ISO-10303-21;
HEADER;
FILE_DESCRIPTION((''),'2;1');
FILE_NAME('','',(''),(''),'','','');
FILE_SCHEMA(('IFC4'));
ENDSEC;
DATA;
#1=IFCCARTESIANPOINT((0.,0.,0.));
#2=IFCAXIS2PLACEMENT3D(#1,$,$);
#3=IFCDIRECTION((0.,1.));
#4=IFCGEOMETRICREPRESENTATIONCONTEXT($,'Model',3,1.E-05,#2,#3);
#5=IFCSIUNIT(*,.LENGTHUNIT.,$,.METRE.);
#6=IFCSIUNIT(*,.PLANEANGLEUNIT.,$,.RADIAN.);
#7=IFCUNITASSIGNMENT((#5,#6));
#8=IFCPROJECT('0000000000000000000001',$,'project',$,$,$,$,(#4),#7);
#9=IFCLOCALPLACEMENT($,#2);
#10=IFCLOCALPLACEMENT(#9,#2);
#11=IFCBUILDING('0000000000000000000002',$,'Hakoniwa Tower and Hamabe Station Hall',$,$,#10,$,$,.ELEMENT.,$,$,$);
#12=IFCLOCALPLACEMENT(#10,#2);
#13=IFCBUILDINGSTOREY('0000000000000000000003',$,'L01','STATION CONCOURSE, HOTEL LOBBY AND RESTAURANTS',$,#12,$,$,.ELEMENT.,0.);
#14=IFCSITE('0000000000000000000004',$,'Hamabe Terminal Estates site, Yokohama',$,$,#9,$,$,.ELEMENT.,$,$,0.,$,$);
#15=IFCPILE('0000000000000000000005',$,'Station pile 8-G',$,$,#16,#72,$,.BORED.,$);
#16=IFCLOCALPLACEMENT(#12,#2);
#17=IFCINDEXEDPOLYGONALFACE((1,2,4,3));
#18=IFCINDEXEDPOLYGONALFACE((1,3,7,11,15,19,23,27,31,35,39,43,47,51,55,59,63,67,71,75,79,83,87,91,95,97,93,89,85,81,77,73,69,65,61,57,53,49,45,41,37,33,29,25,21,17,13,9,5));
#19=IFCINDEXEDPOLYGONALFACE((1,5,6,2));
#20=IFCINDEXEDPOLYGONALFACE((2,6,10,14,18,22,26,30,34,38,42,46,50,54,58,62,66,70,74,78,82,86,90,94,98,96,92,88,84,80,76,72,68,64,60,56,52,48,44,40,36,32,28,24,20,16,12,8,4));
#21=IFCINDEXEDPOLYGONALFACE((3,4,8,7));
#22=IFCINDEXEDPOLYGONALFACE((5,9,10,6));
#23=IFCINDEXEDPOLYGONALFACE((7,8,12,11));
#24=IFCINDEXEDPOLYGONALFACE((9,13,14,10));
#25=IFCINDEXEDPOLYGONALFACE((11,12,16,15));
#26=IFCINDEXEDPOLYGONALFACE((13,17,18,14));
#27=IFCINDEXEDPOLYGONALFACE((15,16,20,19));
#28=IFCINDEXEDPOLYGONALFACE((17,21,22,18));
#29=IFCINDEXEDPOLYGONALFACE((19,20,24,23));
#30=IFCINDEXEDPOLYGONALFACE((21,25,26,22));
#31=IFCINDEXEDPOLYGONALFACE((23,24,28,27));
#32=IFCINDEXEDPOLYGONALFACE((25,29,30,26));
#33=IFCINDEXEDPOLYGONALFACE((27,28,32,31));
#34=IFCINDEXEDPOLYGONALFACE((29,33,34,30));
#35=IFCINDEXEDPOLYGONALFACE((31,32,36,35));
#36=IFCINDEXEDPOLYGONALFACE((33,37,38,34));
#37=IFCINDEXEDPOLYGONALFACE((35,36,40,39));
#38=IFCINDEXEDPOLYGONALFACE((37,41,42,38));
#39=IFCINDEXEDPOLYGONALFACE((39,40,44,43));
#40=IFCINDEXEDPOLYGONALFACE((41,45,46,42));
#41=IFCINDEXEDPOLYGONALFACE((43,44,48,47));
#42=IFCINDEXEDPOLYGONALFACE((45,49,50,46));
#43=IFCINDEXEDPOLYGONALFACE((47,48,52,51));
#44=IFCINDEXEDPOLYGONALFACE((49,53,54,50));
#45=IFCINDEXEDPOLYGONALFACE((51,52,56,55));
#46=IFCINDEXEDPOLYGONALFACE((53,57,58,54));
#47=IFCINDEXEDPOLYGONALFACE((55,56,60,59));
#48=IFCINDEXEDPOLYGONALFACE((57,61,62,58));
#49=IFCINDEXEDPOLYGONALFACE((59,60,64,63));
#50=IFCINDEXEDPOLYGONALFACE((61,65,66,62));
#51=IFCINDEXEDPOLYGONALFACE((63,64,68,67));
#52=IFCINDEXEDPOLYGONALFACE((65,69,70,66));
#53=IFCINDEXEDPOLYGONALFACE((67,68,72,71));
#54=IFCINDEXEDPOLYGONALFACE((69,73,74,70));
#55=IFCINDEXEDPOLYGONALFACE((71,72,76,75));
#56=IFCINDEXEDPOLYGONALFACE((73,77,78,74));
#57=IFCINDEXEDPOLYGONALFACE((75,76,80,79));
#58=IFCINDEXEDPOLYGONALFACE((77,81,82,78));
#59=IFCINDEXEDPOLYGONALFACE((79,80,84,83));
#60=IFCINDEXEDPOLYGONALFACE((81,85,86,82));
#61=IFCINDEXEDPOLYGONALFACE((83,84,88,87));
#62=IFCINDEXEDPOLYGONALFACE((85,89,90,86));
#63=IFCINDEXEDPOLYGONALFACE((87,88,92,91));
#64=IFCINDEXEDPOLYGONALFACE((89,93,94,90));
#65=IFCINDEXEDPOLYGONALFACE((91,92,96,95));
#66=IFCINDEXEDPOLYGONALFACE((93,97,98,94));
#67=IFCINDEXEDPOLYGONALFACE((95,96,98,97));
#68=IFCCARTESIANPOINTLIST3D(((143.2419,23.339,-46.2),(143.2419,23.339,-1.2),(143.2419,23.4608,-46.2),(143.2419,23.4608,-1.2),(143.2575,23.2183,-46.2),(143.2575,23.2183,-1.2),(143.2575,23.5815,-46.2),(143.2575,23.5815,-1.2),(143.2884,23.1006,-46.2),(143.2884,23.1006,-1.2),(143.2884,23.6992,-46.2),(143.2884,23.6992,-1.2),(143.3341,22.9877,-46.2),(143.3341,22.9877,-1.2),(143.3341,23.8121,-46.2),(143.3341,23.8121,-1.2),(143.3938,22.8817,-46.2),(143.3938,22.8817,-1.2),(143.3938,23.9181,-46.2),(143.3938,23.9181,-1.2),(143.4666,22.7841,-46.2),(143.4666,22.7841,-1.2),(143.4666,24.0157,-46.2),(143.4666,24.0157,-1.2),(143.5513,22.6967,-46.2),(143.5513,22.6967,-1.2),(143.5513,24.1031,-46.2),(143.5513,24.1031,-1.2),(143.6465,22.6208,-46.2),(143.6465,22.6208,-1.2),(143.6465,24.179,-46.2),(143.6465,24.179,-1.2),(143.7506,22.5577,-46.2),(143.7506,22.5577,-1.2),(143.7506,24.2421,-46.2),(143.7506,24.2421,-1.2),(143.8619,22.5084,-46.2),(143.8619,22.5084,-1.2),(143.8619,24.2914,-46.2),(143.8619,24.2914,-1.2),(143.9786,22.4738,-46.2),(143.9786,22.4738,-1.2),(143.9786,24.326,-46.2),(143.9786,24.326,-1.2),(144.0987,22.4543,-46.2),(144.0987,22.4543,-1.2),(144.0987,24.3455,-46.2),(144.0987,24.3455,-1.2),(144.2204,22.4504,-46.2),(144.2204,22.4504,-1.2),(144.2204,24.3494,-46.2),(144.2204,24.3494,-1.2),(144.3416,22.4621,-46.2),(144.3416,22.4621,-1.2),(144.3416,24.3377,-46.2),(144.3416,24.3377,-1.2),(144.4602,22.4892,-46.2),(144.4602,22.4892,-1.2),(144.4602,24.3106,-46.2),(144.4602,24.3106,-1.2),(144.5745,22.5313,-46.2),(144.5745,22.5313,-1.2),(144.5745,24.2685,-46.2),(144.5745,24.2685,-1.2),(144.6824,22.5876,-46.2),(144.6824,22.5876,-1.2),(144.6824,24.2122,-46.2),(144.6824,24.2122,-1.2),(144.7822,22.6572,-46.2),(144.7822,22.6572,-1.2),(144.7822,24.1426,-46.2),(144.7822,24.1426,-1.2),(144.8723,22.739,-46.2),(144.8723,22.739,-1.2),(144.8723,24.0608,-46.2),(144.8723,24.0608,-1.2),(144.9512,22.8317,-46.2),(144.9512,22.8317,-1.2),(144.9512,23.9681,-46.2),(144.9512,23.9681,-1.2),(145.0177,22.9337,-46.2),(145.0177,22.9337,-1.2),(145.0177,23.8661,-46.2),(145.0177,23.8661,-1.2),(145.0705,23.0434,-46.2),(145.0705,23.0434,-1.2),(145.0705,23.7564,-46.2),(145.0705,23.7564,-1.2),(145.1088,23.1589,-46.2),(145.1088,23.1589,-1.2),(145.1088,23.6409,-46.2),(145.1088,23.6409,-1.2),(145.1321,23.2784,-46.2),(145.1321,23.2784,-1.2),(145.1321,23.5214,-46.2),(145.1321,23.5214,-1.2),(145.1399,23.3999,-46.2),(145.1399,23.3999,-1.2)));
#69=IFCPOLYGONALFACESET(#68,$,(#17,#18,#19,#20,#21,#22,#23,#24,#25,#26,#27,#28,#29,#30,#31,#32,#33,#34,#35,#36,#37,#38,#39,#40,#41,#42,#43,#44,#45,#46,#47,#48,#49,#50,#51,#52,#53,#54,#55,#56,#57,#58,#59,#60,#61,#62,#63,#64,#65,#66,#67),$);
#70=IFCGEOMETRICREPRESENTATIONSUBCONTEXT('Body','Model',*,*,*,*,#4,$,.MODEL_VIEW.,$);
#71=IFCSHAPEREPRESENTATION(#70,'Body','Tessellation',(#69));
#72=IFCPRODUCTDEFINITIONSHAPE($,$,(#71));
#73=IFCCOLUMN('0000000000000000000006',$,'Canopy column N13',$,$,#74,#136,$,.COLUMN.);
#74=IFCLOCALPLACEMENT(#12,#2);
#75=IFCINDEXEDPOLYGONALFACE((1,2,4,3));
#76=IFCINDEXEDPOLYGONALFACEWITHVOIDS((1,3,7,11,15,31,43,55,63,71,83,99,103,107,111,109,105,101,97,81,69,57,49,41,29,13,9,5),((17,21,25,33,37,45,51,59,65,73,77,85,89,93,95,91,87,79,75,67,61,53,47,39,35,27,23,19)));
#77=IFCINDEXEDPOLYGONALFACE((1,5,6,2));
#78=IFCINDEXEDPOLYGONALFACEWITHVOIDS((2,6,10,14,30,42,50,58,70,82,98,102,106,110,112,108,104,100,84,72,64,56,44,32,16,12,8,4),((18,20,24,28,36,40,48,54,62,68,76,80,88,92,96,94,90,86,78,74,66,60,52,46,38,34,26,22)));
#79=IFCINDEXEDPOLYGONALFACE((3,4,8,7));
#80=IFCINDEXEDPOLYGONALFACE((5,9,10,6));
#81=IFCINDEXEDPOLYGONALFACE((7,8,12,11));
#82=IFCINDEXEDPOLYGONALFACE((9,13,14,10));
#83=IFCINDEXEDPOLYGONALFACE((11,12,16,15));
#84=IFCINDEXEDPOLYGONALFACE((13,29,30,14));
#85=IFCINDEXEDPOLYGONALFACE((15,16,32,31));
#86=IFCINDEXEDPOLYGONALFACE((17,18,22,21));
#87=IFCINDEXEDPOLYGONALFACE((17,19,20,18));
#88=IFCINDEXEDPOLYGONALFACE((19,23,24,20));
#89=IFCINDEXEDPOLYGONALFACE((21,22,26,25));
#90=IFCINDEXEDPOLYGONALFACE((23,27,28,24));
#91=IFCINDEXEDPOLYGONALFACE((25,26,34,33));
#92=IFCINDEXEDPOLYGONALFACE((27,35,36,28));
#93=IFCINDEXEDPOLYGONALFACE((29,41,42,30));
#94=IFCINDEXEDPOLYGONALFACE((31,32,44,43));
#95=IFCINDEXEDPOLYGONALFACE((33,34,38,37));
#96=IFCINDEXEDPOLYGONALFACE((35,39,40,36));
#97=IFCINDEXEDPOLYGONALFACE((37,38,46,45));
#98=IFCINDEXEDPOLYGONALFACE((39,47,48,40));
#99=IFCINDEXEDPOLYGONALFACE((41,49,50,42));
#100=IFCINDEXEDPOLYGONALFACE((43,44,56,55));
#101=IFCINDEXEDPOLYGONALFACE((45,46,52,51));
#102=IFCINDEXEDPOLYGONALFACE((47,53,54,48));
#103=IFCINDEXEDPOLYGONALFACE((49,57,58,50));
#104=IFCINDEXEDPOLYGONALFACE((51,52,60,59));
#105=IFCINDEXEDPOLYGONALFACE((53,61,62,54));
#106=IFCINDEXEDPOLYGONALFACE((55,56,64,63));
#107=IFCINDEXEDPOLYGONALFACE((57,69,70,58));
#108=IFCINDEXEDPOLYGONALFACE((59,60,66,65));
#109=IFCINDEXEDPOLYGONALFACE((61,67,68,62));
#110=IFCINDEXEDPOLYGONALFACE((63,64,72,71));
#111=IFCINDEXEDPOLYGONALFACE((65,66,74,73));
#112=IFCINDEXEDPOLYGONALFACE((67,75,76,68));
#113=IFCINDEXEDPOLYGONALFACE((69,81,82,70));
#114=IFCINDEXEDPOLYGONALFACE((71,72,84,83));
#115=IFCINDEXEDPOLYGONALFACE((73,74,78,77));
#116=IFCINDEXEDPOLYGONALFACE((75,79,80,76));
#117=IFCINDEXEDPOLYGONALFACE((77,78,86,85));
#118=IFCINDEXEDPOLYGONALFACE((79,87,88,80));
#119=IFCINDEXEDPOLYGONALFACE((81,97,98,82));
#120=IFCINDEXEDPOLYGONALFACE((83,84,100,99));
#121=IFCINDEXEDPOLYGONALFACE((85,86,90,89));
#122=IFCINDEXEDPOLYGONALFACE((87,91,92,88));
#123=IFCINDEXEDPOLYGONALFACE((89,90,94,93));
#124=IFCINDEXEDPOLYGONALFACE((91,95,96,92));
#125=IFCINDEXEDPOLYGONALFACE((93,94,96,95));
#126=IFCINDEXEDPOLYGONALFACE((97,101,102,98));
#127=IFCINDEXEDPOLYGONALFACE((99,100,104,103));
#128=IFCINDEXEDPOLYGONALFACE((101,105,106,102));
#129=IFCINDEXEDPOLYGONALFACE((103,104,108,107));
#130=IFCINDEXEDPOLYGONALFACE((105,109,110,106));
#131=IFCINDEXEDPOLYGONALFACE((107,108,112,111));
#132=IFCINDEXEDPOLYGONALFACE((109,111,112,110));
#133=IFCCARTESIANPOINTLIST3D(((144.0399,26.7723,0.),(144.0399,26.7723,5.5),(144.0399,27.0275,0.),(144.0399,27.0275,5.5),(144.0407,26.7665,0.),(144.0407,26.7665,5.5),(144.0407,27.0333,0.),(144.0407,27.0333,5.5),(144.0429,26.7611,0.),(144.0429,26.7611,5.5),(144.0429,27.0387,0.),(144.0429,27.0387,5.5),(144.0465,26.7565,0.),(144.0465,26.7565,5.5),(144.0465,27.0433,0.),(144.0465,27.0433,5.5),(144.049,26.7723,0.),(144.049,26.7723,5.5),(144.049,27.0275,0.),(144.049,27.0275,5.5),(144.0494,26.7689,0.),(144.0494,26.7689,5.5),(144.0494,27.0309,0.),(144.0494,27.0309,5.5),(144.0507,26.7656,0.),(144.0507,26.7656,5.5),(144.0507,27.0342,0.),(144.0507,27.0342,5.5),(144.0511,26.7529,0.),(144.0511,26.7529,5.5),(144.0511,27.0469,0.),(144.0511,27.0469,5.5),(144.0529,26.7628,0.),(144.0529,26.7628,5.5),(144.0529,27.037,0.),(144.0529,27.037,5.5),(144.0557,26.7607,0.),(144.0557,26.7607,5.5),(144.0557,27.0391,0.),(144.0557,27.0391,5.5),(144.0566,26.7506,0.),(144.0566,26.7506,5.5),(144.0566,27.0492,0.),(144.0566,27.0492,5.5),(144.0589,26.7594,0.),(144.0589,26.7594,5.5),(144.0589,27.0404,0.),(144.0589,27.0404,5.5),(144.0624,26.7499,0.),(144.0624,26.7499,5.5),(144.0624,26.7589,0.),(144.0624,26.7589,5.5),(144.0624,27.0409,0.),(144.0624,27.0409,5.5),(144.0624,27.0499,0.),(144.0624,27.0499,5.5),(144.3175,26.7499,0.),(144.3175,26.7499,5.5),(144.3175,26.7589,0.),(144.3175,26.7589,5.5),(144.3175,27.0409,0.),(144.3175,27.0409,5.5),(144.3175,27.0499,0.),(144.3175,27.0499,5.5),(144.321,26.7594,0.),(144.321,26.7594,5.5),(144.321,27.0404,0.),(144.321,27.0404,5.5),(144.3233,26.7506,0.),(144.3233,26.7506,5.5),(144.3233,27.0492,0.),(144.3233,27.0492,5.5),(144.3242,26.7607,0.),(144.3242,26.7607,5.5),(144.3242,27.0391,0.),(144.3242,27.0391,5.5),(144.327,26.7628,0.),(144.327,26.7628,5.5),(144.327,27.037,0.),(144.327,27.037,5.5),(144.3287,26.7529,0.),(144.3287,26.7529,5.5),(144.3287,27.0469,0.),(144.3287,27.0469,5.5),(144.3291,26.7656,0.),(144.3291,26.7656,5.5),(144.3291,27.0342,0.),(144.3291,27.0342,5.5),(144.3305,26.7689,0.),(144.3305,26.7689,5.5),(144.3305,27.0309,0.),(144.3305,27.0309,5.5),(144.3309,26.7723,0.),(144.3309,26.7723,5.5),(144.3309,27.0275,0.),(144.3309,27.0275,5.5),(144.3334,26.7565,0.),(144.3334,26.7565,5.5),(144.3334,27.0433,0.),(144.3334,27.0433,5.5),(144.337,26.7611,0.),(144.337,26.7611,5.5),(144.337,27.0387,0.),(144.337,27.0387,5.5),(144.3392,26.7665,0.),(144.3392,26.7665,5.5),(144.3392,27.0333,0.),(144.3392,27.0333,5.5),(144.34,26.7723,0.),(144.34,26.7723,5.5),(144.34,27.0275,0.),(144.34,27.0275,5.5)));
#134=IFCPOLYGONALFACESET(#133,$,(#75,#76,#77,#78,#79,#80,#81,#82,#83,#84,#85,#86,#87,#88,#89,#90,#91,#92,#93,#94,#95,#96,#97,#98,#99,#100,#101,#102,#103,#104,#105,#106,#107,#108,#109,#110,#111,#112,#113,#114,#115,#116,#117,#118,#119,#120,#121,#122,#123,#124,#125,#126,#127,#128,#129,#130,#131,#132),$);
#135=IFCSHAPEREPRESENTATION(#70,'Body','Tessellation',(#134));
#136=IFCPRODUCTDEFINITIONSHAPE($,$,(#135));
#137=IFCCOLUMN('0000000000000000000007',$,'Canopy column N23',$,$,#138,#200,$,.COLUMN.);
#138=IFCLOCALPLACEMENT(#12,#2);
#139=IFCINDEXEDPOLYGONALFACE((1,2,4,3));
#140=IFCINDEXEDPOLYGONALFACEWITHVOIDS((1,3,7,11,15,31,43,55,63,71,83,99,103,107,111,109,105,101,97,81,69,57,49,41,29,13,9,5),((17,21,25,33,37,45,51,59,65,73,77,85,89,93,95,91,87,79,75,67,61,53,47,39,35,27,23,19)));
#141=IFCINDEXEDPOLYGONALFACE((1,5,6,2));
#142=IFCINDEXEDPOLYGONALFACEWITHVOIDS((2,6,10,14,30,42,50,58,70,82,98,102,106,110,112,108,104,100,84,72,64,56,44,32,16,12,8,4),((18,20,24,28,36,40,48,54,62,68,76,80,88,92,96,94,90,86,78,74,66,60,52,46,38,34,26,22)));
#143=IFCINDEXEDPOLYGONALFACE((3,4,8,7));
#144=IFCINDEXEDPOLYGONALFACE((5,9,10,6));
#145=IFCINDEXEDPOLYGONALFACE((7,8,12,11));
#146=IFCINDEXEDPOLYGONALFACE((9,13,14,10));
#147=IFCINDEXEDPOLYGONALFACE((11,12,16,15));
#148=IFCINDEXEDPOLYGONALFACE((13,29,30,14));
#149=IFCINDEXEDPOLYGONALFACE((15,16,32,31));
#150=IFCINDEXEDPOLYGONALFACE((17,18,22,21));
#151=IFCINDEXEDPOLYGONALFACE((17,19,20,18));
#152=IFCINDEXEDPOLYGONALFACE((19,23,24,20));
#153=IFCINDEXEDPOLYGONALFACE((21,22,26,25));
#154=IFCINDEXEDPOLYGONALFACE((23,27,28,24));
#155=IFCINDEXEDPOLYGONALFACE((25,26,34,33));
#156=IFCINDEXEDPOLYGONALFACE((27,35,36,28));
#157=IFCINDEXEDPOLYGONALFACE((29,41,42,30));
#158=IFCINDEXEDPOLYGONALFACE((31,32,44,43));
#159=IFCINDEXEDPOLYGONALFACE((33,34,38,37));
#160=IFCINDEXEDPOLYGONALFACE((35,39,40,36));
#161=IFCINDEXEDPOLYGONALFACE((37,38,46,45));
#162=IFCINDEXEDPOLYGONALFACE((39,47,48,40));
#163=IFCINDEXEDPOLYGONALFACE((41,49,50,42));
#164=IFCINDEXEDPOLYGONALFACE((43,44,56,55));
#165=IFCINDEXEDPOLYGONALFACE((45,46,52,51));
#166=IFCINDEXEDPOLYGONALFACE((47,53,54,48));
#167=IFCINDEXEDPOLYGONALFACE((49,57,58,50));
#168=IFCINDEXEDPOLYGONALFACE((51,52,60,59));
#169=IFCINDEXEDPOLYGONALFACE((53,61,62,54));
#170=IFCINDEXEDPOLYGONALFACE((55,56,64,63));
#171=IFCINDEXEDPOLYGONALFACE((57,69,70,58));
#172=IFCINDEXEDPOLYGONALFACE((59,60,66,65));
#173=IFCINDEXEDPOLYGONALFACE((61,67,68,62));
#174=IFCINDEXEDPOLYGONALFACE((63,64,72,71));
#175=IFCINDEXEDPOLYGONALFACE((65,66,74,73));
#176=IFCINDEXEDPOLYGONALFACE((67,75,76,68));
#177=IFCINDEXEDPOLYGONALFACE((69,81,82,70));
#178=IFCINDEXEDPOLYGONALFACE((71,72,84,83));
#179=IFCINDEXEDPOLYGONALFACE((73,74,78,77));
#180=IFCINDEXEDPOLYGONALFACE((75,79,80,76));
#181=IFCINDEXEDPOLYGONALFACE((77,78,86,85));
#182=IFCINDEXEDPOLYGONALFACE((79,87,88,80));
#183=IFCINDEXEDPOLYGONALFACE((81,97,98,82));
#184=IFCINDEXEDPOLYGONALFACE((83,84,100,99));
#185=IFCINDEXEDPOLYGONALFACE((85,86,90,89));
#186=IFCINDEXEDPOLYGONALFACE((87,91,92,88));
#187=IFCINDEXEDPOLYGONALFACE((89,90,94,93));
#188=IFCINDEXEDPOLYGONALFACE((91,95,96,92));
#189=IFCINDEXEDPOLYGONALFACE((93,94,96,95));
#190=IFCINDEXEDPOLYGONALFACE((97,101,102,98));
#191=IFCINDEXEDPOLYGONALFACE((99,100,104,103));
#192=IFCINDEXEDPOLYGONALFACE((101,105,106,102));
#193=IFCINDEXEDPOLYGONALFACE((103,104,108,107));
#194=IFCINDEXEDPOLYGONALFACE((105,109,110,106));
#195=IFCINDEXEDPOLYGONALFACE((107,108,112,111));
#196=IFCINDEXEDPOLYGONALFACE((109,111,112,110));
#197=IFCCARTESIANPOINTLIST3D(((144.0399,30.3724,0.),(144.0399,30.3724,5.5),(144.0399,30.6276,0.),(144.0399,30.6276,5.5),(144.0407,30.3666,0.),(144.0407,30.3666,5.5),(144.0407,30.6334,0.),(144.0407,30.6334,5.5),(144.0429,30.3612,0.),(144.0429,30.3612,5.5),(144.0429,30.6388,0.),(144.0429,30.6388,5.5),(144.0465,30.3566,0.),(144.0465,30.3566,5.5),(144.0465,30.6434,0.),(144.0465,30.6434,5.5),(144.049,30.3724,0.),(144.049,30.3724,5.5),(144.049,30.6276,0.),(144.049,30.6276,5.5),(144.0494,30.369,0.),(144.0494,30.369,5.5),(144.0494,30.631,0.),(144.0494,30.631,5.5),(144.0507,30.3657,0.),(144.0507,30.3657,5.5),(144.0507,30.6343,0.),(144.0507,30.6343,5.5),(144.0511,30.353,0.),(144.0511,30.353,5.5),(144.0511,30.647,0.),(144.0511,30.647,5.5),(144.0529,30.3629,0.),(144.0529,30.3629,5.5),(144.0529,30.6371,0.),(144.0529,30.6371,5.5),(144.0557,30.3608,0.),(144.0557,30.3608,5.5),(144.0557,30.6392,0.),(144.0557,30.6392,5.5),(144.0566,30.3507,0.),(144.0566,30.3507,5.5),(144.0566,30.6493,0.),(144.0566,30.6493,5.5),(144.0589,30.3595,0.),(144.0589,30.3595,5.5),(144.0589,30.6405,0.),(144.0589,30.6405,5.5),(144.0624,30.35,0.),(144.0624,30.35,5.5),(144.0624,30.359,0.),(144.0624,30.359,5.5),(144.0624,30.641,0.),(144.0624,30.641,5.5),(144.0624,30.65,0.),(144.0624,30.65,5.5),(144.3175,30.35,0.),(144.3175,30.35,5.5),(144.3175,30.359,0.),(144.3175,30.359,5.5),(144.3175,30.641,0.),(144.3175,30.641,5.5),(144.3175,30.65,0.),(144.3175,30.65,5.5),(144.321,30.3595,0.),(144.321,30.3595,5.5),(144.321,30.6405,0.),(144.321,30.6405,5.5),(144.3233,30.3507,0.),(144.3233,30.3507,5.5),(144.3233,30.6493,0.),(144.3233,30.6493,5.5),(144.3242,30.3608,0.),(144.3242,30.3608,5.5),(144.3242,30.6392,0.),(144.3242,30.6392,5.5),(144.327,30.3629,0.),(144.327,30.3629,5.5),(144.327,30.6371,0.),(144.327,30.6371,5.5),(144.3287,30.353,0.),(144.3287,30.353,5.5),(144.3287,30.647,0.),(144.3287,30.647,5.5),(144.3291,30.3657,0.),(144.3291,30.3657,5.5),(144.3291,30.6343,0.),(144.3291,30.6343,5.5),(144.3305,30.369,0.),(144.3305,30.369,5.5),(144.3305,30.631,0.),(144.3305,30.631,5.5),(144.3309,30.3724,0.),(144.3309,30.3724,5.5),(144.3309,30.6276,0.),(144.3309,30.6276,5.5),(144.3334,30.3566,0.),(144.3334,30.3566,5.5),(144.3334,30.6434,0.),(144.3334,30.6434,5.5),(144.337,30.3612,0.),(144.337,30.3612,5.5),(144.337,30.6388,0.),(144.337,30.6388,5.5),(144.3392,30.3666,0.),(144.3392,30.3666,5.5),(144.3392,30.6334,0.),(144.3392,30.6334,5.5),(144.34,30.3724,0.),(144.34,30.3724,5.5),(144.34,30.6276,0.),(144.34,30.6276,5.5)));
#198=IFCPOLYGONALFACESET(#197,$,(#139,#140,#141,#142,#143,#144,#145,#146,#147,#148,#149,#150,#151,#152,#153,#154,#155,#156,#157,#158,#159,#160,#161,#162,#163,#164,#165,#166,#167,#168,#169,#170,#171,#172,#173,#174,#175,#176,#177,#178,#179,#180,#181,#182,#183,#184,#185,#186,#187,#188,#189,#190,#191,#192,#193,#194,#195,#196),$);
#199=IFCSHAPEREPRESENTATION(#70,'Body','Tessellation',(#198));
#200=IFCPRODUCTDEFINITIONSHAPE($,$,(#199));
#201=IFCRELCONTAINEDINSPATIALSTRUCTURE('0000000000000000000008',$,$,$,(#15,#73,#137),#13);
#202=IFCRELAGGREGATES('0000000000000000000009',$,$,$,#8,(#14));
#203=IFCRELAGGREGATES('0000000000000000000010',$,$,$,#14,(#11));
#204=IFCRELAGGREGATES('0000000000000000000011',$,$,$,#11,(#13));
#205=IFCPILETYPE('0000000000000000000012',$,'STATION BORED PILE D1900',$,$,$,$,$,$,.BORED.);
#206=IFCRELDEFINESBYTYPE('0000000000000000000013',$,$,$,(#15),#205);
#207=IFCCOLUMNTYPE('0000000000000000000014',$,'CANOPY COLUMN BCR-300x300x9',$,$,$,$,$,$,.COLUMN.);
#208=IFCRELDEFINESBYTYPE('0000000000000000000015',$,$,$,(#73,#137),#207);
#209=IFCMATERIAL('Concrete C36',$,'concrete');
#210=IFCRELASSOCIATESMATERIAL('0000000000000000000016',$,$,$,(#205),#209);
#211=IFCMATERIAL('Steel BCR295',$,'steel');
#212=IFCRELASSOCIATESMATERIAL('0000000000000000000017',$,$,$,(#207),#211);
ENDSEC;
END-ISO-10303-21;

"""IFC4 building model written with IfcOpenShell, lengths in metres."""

from ifc_helpers import new_model, si_unit, direction, frame, origin, origin_2d, place, context, subcontext, project, spatial, hollow_rectangle, circle, extrude, material, material_profile, profile_set, type_object, element, save


model = new_model("IFC4")

# Units and contexts
model_context = context("Model", 3, precision=1e-05, world=origin(), true_north=direction((0.0, 1.0)))
body_context = subcontext(model_context, "Body", "Model", "MODEL_VIEW")
ifc_project = project(units=[si_unit("LENGTHUNIT", "METRE"), si_unit("PLANEANGLEUNIT", "RADIAN")], contexts=[model_context])

# Site, building, storey
site_placement = place(None, origin())
site = spatial("IfcSite", under=ifc_project, at=site_placement, Name="Hamabe Terminal Estates site, Yokohama", CompositionType="ELEMENT", RefElevation=0.0)
building_placement = place(site_placement, origin())
building = spatial("IfcBuilding", under=site, at=building_placement, Name="Hakoniwa Tower and Hamabe Station Hall", CompositionType="ELEMENT")
storey_placement = place(building_placement, origin())
storey = spatial("IfcBuildingStorey", under=building, at=storey_placement, Name="L01", Description="STATION CONCOURSE, HOTEL LOBBY AND RESTAURANTS", CompositionType="ELEMENT", Elevation=0.0)

# Pile
ifc_material_1 = material(Name="Concrete C36", Category="concrete")
ifc_material_profile_1 = material_profile(ifc_material_1, circle(Radius=0.95, at=origin_2d()), Name="STATION BORED PILE D1900")
ifc_profile_set_1 = profile_set([ifc_material_profile_1], Name="Concrete C36")
pile_type_1 = type_object("IfcPileType", Name="STATION BORED PILE D1900", PredefinedType="BORED", material=ifc_profile_set_1)
for number, where, z_axis, x_axis, name in (
    (1, (144.1899, 23.3999, -1.2), (0.0, 0.0, -1.0), (1.0, 0.0, 0.0), "Station pile 8-G"),
):
    element("IfcPile", number, at=place(storey_placement, frame(where, z_axis=z_axis, x_axis=x_axis)), inside=storey, type_object=pile_type_1, Name=name, PredefinedType="BORED", context=body_context, shape_type="SweptSolid", body=[
        extrude(circle(Radius=0.95, at=origin_2d()), origin(), (0.0, 0.0, 1.0), 45.0),
    ])

# Columns
ifc_material_2 = material(Name="Steel BCR295", Category="steel")
ifc_material_profile_2 = material_profile(ifc_material_2, hollow_rectangle(XDim=0.3, YDim=0.3, WallThickness=0.009, InnerFilletRadius=0.0134, OuterFilletRadius=0.0225, at=origin_2d()), Name="BCR-300x300x9")
ifc_profile_set_2 = profile_set([ifc_material_profile_2], Name="Steel BCR295")
column_type_1 = type_object("IfcColumnType", Name="CANOPY COLUMN BCR-300x300x9", PredefinedType="COLUMN", material=ifc_profile_set_2)
for number, where, z_axis, x_axis, name in (
    (2, (144.1899, 26.8999, 0.0), (0.0, 0.0, 1.0), (1.0, 0.0, 0.0), "Canopy column N13"),
    (3, (144.1899, 30.5, 0.0), (0.0, 0.0, 1.0), (1.0, 0.0, 0.0), "Canopy column N23"),
):
    element("IfcColumn", number, at=place(storey_placement, frame(where, z_axis=z_axis, x_axis=x_axis)), inside=storey, type_object=column_type_1, Name=name, PredefinedType="COLUMN", context=body_context, shape_type="SweptSolid", body=[
        extrude(hollow_rectangle(XDim=0.3, YDim=0.3, WallThickness=0.009, InnerFilletRadius=0.0134, OuterFilletRadius=0.0225, at=origin_2d()), origin(), (0.0, 0.0, 1.0), 5.5),
    ])

save(model, "model.ifc")
